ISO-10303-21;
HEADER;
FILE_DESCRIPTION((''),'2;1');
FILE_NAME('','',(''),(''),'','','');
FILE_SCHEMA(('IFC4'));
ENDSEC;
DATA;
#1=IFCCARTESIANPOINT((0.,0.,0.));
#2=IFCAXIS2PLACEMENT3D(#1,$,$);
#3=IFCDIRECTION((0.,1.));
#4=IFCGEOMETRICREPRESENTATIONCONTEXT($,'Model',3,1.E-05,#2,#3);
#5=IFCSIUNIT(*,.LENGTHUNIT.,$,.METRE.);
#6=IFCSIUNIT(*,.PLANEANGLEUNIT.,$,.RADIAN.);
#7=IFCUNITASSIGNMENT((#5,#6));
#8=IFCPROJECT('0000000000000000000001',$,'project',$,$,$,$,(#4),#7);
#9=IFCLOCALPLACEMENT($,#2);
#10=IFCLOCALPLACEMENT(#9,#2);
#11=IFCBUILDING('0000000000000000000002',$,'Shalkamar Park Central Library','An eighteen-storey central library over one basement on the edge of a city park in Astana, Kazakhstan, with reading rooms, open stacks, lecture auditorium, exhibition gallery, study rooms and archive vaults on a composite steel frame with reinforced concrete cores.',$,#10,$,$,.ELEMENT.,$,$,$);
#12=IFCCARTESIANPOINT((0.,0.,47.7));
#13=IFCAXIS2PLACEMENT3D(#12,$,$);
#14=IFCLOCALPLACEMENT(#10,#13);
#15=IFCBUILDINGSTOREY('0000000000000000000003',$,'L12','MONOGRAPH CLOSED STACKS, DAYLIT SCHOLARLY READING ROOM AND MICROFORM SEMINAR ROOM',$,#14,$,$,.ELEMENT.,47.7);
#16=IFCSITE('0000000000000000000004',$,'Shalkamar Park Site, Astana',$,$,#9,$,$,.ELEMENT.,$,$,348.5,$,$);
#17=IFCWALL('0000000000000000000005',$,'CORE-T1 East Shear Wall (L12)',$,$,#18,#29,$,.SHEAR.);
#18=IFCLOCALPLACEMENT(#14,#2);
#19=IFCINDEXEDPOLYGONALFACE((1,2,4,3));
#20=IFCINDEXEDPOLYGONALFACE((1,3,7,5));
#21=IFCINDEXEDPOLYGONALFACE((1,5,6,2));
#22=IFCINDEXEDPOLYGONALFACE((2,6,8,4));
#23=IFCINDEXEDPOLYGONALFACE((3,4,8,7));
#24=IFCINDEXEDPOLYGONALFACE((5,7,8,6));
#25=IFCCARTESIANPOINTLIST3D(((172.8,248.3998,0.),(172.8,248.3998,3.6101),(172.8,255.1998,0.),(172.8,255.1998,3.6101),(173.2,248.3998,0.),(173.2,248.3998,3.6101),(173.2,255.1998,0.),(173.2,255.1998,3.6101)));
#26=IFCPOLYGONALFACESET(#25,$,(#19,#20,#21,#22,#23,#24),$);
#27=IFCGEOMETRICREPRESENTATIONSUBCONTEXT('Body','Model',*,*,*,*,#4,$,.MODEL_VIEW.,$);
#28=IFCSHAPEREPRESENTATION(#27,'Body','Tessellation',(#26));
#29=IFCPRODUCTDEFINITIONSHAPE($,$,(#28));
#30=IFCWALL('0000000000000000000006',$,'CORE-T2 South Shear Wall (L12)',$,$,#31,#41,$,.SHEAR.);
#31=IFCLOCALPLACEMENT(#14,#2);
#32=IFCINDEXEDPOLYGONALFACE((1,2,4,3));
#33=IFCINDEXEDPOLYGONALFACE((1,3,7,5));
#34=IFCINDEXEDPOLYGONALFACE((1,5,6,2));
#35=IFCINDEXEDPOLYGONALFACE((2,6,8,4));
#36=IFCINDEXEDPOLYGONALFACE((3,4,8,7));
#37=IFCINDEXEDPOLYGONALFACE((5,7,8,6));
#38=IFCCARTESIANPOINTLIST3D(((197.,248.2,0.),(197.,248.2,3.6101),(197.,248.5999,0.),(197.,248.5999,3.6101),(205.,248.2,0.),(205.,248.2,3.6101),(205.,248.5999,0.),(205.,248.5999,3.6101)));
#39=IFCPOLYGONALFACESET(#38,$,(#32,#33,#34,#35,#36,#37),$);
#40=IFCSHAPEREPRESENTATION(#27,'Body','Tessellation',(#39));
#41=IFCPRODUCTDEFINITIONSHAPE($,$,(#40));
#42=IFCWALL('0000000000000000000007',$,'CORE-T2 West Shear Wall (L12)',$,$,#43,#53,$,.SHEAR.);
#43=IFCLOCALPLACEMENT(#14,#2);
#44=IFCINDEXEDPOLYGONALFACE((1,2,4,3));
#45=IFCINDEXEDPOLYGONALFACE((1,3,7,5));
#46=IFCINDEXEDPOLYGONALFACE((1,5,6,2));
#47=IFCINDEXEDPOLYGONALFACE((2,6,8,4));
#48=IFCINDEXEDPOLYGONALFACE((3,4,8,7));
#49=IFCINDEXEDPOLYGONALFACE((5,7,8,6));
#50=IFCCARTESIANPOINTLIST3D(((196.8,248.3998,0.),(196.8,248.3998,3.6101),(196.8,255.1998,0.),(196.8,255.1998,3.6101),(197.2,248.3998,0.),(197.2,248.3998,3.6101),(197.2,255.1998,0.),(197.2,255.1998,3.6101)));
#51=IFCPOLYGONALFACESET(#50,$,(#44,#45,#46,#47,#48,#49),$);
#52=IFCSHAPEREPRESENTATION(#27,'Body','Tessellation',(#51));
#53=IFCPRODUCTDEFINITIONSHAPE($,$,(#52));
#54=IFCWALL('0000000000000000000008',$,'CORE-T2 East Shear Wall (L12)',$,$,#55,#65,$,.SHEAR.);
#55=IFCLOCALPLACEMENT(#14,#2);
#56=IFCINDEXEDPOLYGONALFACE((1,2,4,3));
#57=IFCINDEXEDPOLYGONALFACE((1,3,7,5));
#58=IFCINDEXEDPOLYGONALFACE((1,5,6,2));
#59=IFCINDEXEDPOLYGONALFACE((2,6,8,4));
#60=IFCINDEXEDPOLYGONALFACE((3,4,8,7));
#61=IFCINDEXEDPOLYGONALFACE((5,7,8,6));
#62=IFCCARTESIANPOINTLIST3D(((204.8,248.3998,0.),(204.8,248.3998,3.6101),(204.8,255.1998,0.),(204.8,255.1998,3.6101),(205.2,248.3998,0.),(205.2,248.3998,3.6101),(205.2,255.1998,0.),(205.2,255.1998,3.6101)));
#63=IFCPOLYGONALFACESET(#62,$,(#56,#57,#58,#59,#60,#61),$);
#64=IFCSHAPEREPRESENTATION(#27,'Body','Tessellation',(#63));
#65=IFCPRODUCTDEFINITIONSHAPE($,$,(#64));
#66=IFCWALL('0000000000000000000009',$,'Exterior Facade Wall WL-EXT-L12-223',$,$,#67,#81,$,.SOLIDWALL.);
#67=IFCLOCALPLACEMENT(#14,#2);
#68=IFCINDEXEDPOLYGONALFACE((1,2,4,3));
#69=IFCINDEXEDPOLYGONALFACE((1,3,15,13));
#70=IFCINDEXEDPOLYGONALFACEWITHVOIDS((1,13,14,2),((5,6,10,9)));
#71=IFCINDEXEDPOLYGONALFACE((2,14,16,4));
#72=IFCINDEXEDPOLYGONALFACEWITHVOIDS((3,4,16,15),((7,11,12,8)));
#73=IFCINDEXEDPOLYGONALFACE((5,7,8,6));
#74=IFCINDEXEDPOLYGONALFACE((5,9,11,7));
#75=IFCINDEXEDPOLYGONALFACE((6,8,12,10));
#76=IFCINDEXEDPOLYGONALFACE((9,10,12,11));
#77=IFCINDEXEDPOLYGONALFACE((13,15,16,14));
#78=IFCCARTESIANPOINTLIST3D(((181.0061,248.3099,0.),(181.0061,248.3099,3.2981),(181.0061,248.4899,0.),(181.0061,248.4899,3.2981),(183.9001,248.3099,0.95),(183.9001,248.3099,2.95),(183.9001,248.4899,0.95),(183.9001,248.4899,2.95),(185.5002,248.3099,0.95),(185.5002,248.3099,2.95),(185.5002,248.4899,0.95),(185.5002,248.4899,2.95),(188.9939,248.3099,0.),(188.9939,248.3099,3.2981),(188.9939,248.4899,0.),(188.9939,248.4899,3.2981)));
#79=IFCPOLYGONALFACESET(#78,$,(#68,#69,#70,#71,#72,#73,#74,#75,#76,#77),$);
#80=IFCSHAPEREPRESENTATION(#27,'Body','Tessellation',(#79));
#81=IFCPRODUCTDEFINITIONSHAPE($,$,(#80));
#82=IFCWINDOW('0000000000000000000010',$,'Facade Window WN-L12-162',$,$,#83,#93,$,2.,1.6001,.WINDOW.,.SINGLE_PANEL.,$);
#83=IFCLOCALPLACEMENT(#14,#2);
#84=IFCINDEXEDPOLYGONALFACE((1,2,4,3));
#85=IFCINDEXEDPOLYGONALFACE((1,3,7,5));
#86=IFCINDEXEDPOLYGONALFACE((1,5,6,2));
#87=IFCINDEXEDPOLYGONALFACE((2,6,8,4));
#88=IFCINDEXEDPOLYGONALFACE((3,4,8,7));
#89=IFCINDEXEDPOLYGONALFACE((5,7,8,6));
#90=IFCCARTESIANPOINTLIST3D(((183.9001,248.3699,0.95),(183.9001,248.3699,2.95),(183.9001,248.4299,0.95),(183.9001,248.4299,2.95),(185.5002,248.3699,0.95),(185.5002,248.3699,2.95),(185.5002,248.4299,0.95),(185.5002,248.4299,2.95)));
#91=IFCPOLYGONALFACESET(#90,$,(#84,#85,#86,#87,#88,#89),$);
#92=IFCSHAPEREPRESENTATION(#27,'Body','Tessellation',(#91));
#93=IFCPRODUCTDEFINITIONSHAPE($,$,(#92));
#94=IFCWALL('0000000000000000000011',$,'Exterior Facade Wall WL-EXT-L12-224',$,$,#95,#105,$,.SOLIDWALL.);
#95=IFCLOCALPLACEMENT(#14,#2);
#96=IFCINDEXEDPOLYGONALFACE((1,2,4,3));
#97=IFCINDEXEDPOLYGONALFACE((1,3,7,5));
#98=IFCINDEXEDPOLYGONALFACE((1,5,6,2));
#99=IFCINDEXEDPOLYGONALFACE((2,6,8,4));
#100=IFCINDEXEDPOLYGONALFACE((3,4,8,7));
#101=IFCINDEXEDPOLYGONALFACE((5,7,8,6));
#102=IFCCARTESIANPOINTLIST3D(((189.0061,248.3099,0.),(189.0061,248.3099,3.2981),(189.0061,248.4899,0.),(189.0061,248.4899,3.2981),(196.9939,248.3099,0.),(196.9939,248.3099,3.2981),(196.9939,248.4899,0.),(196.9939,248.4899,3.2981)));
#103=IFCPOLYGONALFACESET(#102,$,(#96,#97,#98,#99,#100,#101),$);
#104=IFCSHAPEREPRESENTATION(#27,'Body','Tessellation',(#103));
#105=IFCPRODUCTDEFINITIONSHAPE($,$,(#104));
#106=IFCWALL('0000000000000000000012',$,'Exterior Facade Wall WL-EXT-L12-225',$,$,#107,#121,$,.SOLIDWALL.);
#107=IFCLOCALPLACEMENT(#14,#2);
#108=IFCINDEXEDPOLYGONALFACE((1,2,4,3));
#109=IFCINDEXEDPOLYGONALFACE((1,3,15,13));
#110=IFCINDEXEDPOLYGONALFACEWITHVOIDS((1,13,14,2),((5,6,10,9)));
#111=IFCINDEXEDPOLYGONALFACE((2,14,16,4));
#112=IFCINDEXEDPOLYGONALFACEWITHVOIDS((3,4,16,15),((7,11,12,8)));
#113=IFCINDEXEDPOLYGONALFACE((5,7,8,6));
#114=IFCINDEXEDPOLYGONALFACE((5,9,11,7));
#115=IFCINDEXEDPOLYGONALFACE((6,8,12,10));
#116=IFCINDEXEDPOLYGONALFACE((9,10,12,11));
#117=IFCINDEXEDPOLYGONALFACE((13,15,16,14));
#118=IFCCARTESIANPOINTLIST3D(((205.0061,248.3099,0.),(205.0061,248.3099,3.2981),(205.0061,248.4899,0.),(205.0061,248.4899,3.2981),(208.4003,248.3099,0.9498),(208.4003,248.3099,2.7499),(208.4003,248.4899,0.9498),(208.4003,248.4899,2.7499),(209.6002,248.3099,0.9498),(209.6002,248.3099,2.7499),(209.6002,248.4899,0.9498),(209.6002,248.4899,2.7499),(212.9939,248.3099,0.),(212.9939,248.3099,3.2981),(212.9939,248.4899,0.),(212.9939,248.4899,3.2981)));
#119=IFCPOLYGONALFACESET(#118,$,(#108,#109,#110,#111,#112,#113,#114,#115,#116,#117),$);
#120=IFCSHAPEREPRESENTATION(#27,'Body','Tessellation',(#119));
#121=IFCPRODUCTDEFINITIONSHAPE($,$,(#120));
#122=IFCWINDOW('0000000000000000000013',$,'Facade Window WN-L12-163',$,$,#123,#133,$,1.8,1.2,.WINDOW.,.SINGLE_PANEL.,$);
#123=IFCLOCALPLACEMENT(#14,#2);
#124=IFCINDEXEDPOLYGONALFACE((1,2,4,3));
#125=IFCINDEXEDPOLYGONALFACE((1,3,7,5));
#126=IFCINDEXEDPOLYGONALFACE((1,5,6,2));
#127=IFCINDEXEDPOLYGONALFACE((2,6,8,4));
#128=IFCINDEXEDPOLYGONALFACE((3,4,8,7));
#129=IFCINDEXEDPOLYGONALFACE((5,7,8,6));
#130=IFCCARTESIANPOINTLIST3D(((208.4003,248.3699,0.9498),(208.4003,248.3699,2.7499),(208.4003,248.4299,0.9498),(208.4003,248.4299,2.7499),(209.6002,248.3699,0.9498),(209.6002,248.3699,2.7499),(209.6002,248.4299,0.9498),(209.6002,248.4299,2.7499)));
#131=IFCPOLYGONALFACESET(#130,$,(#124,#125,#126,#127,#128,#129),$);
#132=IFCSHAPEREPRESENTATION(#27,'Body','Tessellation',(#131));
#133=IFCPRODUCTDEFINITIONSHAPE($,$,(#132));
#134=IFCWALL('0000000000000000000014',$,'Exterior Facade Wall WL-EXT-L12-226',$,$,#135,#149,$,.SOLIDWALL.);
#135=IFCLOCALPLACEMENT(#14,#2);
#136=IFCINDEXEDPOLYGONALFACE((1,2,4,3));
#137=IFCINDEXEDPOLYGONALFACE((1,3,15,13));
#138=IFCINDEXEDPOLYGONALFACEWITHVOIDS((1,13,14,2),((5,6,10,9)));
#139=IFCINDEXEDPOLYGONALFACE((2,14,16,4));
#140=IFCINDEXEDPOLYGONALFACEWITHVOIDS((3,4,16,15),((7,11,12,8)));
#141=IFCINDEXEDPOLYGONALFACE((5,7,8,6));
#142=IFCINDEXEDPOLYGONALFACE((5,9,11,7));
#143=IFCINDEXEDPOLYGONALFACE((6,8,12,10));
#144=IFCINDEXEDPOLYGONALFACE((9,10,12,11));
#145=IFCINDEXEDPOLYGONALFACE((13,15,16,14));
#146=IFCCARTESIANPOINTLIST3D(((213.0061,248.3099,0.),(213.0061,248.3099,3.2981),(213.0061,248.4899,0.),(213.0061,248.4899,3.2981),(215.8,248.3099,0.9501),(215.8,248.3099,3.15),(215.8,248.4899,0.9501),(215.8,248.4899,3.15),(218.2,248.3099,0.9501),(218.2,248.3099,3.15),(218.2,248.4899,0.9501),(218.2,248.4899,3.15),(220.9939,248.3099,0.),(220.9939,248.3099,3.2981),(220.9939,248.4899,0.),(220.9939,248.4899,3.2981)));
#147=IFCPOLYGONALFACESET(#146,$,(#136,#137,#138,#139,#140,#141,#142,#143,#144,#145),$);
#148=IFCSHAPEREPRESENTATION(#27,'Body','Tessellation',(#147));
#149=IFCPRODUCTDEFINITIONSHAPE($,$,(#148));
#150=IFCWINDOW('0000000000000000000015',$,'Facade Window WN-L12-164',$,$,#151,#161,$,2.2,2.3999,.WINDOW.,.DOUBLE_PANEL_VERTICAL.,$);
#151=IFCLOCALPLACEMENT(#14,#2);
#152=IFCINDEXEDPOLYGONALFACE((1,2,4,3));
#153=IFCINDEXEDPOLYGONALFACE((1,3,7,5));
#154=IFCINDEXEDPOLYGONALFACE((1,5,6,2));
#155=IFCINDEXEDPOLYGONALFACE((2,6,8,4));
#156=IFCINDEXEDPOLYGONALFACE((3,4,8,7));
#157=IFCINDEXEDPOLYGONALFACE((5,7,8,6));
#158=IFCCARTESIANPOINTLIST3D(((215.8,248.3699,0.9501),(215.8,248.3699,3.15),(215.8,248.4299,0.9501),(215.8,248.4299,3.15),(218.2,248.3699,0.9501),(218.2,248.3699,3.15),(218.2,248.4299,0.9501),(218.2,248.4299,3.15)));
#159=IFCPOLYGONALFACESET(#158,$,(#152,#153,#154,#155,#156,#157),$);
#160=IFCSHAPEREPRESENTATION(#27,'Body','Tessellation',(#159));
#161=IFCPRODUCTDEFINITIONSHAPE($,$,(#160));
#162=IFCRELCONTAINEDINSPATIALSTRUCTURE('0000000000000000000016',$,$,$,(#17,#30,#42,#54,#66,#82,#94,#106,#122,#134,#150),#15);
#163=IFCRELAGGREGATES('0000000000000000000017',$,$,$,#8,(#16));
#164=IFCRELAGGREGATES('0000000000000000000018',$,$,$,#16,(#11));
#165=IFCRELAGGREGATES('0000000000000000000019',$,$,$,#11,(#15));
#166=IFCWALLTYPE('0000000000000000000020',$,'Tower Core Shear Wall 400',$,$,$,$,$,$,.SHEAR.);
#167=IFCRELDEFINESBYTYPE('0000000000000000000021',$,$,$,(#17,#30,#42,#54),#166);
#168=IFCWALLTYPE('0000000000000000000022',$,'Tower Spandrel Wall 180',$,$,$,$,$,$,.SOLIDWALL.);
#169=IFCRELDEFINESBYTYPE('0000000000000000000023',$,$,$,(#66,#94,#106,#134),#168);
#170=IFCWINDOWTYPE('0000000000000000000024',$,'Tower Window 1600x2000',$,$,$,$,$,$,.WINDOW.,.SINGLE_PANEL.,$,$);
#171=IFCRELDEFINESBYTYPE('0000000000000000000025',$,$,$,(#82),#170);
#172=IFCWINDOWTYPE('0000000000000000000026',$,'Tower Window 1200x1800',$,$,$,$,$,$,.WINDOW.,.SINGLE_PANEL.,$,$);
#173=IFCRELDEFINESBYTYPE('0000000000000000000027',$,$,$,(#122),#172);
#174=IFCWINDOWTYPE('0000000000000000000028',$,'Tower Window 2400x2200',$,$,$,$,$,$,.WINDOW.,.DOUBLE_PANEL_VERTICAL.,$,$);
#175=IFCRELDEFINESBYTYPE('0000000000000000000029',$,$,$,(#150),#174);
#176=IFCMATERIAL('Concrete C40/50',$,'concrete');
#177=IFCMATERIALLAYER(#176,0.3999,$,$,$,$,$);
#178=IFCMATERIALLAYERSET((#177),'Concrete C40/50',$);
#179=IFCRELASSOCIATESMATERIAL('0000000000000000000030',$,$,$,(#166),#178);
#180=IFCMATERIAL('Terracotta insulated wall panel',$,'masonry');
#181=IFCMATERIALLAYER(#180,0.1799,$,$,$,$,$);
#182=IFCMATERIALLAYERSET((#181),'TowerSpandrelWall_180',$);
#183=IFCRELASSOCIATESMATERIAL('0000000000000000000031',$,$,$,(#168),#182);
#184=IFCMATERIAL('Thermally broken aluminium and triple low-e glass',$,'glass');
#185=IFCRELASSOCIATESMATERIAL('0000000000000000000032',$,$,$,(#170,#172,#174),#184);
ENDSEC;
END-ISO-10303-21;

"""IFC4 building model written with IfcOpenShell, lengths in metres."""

from ifc_helpers import new_model, si_unit, direction, frame, frame_2d, origin, place, context, subcontext, project, spatial, rectangle, extrude, material, layer, layer_set, type_object, element, fill, save


model = new_model("IFC4")

# Units and contexts
model_context = context("Model", 3, precision=1e-05, world=origin(), true_north=direction((0.0, 1.0)))
body_context = subcontext(model_context, "Body", "Model", "MODEL_VIEW")
ifc_project = project(units=[si_unit("LENGTHUNIT", "METRE"), si_unit("PLANEANGLEUNIT", "RADIAN")], contexts=[model_context])

# Site, building, storey
site_placement = place(None, origin())
site = spatial("IfcSite", under=ifc_project, at=site_placement, Name="Shalkamar Park Site, Astana", CompositionType="ELEMENT", RefElevation=348.5)
building_placement = place(site_placement, origin())
building = spatial("IfcBuilding", under=site, at=building_placement, Name="Shalkamar Park Central Library", Description="An eighteen-storey central library over one basement on the edge of a city park in Astana, Kazakhstan, with reading rooms, open stacks, lecture auditorium, exhibition gallery, study rooms and archive vaults on a composite steel frame with reinforced concrete cores.", CompositionType="ELEMENT")
storey_placement = place(building_placement, frame((0.0, 0.0, 47.7)))
storey = spatial("IfcBuildingStorey", under=building, at=storey_placement, Name="L12", Description="MONOGRAPH CLOSED STACKS, DAYLIT SCHOLARLY READING ROOM AND MICROFORM SEMINAR ROOM", CompositionType="ELEMENT", Elevation=47.7)

# Walls
ifc_material_1 = material(Name="Concrete C40/50", Category="concrete")
ifc_layer_1 = layer(ifc_material_1, 0.3999)
ifc_layer_set_1 = layer_set([ifc_layer_1], Name="Concrete C40/50")
wall_type_1 = type_object("IfcWallType", Name="Tower Core Shear Wall 400", PredefinedType="SHEAR", material=ifc_layer_set_1)
for number, where, z_axis, x_axis, name in (
    (1, (173.0, 248.3999, 0.0), (0.0, 0.0, 1.0), (0.0, 1.0, 0.0), "CORE-T1 East Shear Wall (L12)"),
):
    element("IfcWall", number, at=place(storey_placement, frame(where, z_axis=z_axis, x_axis=x_axis)), inside=storey, type_object=wall_type_1, Name=name, PredefinedType="SHEAR", context=body_context, shape_type="SweptSolid", body=[
        extrude(rectangle(XDim=6.8, YDim=0.3999, at=frame_2d((3.3999, 0.0))), origin(), (0.0, 0.0, 1.0), 3.6101),
    ])
wall_1_placement = place(storey_placement, frame((197.0, 248.3999, 0.0), z_axis=(0.0, 0.0, 1.0), x_axis=(1.0, 0.0, 0.0)))
element("IfcWall", 2, at=wall_1_placement, inside=storey, type_object=wall_type_1, Name="CORE-T2 South Shear Wall (L12)", PredefinedType="SHEAR", context=body_context, shape_type="SweptSolid", body=[
    extrude(rectangle(XDim=8.0, YDim=0.3999, at=frame_2d((4.0, 0.0))), origin(), (0.0, 0.0, 1.0), 3.6101),
])
for number, where, z_axis, x_axis, name in (
    (3, (197.0, 248.3999, 0.0), (0.0, 0.0, 1.0), (0.0, 1.0, 0.0), "CORE-T2 West Shear Wall (L12)"),
    (4, (205.0, 248.3999, 0.0), (0.0, 0.0, 1.0), (0.0, 1.0, 0.0), "CORE-T2 East Shear Wall (L12)"),
):
    element("IfcWall", number, at=place(storey_placement, frame(where, z_axis=z_axis, x_axis=x_axis)), inside=storey, type_object=wall_type_1, Name=name, PredefinedType="SHEAR", context=body_context, shape_type="SweptSolid", body=[
        extrude(rectangle(XDim=6.8, YDim=0.3999, at=frame_2d((3.3999, 0.0))), origin(), (0.0, 0.0, 1.0), 3.6101),
    ])

# Wall, opening, window
ifc_material_2 = material(Name="Terracotta insulated wall panel", Category="masonry")
ifc_layer_2 = layer(ifc_material_2, 0.1799)
ifc_layer_set_2 = layer_set([ifc_layer_2], Name="TowerSpandrelWall_180")
wall_type_2 = type_object("IfcWallType", Name="Tower Spandrel Wall 180", PredefinedType="SOLIDWALL", material=ifc_layer_set_2)
wall_2_placement = place(storey_placement, frame((181.0061, 248.3999, 0.0), z_axis=(0.0, 0.0, 1.0), x_axis=(1.0, 0.0, 0.0)))
wall_2 = element("IfcWall", 5, at=wall_2_placement, inside=storey, type_object=wall_type_2, Name="Exterior Facade Wall WL-EXT-L12-223", PredefinedType="SOLIDWALL", context=body_context, shape_type="SweptSolid", body=[
    extrude(rectangle(XDim=7.9878, YDim=0.1799, at=frame_2d((3.9939, 0.0))), origin(), (0.0, 0.0, 1.0), 3.2981),
])
opening_1_placement = place(wall_2_placement, frame((2.894, 0.0, 0.95)))
opening_1 = element("IfcOpeningElement", 6, at=opening_1_placement, cuts=wall_2, PredefinedType="OPENING", context=body_context, shape_type="SweptSolid", body=[
    extrude(rectangle(XDim=1.6001, YDim=2.0, at=frame_2d((0.8, 1.0))), frame((0.0, 0.105, 0.0), z_axis=(0.0, -1.0, 0.0), x_axis=(1.0, 0.0, 0.0)), (0.0, 0.0, 1.0), 0.2097),
])
ifc_material_3 = material(Name="Thermally broken aluminium and triple low-e glass", Category="glass")
window_type_1 = type_object("IfcWindowType", Name="Tower Window 1600x2000", PartitioningType="SINGLE_PANEL", PredefinedType="WINDOW", material=ifc_material_3)
window_1_placement = place(opening_1_placement, origin())
window_1 = element("IfcWindow", 7, at=window_1_placement, inside=storey, type_object=window_type_1, Name="Facade Window WN-L12-162", OverallHeight=2.0, OverallWidth=1.6001, PartitioningType="SINGLE_PANEL", PredefinedType="WINDOW", context=body_context, shape_type="SweptSolid", body=[
    extrude(rectangle(XDim=1.6001, YDim=2.0, at=frame_2d((0.8, 1.0))), frame((0.0, 0.03, 0.0), z_axis=(0.0, -1.0, 0.0), x_axis=(1.0, 0.0, 0.0)), (0.0, 0.0, 1.0), 0.0601),
])
fill(opening_1, window_1)

# Wall
wall_3_placement = place(storey_placement, frame((189.0061, 248.3999, 0.0), z_axis=(0.0, 0.0, 1.0), x_axis=(1.0, 0.0, 0.0)))
element("IfcWall", 8, at=wall_3_placement, inside=storey, type_object=wall_type_2, Name="Exterior Facade Wall WL-EXT-L12-224", PredefinedType="SOLIDWALL", context=body_context, shape_type="SweptSolid", body=[
    extrude(rectangle(XDim=7.9878, YDim=0.1799, at=frame_2d((3.9939, 0.0))), origin(), (0.0, 0.0, 1.0), 3.2981),
])

# Walls, openings, windows
wall_4_placement = place(storey_placement, frame((205.0061, 248.3999, 0.0), z_axis=(0.0, 0.0, 1.0), x_axis=(1.0, 0.0, 0.0)))
wall_4 = element("IfcWall", 9, at=wall_4_placement, inside=storey, type_object=wall_type_2, Name="Exterior Facade Wall WL-EXT-L12-225", PredefinedType="SOLIDWALL", context=body_context, shape_type="SweptSolid", body=[
    extrude(rectangle(XDim=7.9878, YDim=0.1799, at=frame_2d((3.9939, 0.0))), origin(), (0.0, 0.0, 1.0), 3.2981),
])
opening_2_placement = place(wall_4_placement, frame((3.394, 0.0, 0.95)))
opening_2 = element("IfcOpeningElement", 10, at=opening_2_placement, cuts=wall_4, PredefinedType="OPENING", context=body_context, shape_type="SweptSolid", body=[
    extrude(rectangle(XDim=1.2, YDim=1.8, at=frame_2d((0.6001, 0.8999))), frame((0.0, 0.105, 0.0), z_axis=(0.0, -1.0, 0.0), x_axis=(1.0, 0.0, 0.0)), (0.0, 0.0, 1.0), 0.2097),
])
window_type_2 = type_object("IfcWindowType", Name="Tower Window 1200x1800", PartitioningType="SINGLE_PANEL", PredefinedType="WINDOW", material=ifc_material_3)
window_2_placement = place(opening_2_placement, origin())
window_2 = element("IfcWindow", 11, at=window_2_placement, inside=storey, type_object=window_type_2, Name="Facade Window WN-L12-163", OverallHeight=1.8, OverallWidth=1.2, PartitioningType="SINGLE_PANEL", PredefinedType="WINDOW", context=body_context, shape_type="SweptSolid", body=[
    extrude(rectangle(XDim=1.2, YDim=1.8, at=frame_2d((0.6001, 0.8999))), frame((0.0, 0.03, 0.0), z_axis=(0.0, -1.0, 0.0), x_axis=(1.0, 0.0, 0.0)), (0.0, 0.0, 1.0), 0.0601),
])
fill(opening_2, window_2)
wall_5_placement = place(storey_placement, frame((213.0061, 248.3999, 0.0), z_axis=(0.0, 0.0, 1.0), x_axis=(1.0, 0.0, 0.0)))
wall_5 = element("IfcWall", 12, at=wall_5_placement, inside=storey, type_object=wall_type_2, Name="Exterior Facade Wall WL-EXT-L12-226", PredefinedType="SOLIDWALL", context=body_context, shape_type="SweptSolid", body=[
    extrude(rectangle(XDim=7.9878, YDim=0.1799, at=frame_2d((3.9939, 0.0))), origin(), (0.0, 0.0, 1.0), 3.2981),
])
opening_3_placement = place(wall_5_placement, frame((2.7939, 0.0, 0.95)))
opening_3 = element("IfcOpeningElement", 13, at=opening_3_placement, cuts=wall_5, PredefinedType="OPENING", context=body_context, shape_type="SweptSolid", body=[
    extrude(rectangle(XDim=2.3999, YDim=2.2, at=frame_2d((1.2, 1.1001))), frame((0.0, 0.105, 0.0), z_axis=(0.0, -1.0, 0.0), x_axis=(1.0, 0.0, 0.0)), (0.0, 0.0, 1.0), 0.2097),
])
window_type_3 = type_object("IfcWindowType", Name="Tower Window 2400x2200", PartitioningType="DOUBLE_PANEL_VERTICAL", PredefinedType="WINDOW", material=ifc_material_3)
window_3_placement = place(opening_3_placement, origin())
window_3 = element("IfcWindow", 14, at=window_3_placement, inside=storey, type_object=window_type_3, Name="Facade Window WN-L12-164", OverallHeight=2.2, OverallWidth=2.3999, PartitioningType="DOUBLE_PANEL_VERTICAL", PredefinedType="WINDOW", context=body_context, shape_type="SweptSolid", body=[
    extrude(rectangle(XDim=2.3999, YDim=2.2, at=frame_2d((1.2, 1.1001))), frame((0.0, 0.03, 0.0), z_axis=(0.0, -1.0, 0.0), x_axis=(1.0, 0.0, 0.0)), (0.0, 0.0, 1.0), 0.0601),
])
fill(opening_3, window_3)

save(model, "model.ifc")
